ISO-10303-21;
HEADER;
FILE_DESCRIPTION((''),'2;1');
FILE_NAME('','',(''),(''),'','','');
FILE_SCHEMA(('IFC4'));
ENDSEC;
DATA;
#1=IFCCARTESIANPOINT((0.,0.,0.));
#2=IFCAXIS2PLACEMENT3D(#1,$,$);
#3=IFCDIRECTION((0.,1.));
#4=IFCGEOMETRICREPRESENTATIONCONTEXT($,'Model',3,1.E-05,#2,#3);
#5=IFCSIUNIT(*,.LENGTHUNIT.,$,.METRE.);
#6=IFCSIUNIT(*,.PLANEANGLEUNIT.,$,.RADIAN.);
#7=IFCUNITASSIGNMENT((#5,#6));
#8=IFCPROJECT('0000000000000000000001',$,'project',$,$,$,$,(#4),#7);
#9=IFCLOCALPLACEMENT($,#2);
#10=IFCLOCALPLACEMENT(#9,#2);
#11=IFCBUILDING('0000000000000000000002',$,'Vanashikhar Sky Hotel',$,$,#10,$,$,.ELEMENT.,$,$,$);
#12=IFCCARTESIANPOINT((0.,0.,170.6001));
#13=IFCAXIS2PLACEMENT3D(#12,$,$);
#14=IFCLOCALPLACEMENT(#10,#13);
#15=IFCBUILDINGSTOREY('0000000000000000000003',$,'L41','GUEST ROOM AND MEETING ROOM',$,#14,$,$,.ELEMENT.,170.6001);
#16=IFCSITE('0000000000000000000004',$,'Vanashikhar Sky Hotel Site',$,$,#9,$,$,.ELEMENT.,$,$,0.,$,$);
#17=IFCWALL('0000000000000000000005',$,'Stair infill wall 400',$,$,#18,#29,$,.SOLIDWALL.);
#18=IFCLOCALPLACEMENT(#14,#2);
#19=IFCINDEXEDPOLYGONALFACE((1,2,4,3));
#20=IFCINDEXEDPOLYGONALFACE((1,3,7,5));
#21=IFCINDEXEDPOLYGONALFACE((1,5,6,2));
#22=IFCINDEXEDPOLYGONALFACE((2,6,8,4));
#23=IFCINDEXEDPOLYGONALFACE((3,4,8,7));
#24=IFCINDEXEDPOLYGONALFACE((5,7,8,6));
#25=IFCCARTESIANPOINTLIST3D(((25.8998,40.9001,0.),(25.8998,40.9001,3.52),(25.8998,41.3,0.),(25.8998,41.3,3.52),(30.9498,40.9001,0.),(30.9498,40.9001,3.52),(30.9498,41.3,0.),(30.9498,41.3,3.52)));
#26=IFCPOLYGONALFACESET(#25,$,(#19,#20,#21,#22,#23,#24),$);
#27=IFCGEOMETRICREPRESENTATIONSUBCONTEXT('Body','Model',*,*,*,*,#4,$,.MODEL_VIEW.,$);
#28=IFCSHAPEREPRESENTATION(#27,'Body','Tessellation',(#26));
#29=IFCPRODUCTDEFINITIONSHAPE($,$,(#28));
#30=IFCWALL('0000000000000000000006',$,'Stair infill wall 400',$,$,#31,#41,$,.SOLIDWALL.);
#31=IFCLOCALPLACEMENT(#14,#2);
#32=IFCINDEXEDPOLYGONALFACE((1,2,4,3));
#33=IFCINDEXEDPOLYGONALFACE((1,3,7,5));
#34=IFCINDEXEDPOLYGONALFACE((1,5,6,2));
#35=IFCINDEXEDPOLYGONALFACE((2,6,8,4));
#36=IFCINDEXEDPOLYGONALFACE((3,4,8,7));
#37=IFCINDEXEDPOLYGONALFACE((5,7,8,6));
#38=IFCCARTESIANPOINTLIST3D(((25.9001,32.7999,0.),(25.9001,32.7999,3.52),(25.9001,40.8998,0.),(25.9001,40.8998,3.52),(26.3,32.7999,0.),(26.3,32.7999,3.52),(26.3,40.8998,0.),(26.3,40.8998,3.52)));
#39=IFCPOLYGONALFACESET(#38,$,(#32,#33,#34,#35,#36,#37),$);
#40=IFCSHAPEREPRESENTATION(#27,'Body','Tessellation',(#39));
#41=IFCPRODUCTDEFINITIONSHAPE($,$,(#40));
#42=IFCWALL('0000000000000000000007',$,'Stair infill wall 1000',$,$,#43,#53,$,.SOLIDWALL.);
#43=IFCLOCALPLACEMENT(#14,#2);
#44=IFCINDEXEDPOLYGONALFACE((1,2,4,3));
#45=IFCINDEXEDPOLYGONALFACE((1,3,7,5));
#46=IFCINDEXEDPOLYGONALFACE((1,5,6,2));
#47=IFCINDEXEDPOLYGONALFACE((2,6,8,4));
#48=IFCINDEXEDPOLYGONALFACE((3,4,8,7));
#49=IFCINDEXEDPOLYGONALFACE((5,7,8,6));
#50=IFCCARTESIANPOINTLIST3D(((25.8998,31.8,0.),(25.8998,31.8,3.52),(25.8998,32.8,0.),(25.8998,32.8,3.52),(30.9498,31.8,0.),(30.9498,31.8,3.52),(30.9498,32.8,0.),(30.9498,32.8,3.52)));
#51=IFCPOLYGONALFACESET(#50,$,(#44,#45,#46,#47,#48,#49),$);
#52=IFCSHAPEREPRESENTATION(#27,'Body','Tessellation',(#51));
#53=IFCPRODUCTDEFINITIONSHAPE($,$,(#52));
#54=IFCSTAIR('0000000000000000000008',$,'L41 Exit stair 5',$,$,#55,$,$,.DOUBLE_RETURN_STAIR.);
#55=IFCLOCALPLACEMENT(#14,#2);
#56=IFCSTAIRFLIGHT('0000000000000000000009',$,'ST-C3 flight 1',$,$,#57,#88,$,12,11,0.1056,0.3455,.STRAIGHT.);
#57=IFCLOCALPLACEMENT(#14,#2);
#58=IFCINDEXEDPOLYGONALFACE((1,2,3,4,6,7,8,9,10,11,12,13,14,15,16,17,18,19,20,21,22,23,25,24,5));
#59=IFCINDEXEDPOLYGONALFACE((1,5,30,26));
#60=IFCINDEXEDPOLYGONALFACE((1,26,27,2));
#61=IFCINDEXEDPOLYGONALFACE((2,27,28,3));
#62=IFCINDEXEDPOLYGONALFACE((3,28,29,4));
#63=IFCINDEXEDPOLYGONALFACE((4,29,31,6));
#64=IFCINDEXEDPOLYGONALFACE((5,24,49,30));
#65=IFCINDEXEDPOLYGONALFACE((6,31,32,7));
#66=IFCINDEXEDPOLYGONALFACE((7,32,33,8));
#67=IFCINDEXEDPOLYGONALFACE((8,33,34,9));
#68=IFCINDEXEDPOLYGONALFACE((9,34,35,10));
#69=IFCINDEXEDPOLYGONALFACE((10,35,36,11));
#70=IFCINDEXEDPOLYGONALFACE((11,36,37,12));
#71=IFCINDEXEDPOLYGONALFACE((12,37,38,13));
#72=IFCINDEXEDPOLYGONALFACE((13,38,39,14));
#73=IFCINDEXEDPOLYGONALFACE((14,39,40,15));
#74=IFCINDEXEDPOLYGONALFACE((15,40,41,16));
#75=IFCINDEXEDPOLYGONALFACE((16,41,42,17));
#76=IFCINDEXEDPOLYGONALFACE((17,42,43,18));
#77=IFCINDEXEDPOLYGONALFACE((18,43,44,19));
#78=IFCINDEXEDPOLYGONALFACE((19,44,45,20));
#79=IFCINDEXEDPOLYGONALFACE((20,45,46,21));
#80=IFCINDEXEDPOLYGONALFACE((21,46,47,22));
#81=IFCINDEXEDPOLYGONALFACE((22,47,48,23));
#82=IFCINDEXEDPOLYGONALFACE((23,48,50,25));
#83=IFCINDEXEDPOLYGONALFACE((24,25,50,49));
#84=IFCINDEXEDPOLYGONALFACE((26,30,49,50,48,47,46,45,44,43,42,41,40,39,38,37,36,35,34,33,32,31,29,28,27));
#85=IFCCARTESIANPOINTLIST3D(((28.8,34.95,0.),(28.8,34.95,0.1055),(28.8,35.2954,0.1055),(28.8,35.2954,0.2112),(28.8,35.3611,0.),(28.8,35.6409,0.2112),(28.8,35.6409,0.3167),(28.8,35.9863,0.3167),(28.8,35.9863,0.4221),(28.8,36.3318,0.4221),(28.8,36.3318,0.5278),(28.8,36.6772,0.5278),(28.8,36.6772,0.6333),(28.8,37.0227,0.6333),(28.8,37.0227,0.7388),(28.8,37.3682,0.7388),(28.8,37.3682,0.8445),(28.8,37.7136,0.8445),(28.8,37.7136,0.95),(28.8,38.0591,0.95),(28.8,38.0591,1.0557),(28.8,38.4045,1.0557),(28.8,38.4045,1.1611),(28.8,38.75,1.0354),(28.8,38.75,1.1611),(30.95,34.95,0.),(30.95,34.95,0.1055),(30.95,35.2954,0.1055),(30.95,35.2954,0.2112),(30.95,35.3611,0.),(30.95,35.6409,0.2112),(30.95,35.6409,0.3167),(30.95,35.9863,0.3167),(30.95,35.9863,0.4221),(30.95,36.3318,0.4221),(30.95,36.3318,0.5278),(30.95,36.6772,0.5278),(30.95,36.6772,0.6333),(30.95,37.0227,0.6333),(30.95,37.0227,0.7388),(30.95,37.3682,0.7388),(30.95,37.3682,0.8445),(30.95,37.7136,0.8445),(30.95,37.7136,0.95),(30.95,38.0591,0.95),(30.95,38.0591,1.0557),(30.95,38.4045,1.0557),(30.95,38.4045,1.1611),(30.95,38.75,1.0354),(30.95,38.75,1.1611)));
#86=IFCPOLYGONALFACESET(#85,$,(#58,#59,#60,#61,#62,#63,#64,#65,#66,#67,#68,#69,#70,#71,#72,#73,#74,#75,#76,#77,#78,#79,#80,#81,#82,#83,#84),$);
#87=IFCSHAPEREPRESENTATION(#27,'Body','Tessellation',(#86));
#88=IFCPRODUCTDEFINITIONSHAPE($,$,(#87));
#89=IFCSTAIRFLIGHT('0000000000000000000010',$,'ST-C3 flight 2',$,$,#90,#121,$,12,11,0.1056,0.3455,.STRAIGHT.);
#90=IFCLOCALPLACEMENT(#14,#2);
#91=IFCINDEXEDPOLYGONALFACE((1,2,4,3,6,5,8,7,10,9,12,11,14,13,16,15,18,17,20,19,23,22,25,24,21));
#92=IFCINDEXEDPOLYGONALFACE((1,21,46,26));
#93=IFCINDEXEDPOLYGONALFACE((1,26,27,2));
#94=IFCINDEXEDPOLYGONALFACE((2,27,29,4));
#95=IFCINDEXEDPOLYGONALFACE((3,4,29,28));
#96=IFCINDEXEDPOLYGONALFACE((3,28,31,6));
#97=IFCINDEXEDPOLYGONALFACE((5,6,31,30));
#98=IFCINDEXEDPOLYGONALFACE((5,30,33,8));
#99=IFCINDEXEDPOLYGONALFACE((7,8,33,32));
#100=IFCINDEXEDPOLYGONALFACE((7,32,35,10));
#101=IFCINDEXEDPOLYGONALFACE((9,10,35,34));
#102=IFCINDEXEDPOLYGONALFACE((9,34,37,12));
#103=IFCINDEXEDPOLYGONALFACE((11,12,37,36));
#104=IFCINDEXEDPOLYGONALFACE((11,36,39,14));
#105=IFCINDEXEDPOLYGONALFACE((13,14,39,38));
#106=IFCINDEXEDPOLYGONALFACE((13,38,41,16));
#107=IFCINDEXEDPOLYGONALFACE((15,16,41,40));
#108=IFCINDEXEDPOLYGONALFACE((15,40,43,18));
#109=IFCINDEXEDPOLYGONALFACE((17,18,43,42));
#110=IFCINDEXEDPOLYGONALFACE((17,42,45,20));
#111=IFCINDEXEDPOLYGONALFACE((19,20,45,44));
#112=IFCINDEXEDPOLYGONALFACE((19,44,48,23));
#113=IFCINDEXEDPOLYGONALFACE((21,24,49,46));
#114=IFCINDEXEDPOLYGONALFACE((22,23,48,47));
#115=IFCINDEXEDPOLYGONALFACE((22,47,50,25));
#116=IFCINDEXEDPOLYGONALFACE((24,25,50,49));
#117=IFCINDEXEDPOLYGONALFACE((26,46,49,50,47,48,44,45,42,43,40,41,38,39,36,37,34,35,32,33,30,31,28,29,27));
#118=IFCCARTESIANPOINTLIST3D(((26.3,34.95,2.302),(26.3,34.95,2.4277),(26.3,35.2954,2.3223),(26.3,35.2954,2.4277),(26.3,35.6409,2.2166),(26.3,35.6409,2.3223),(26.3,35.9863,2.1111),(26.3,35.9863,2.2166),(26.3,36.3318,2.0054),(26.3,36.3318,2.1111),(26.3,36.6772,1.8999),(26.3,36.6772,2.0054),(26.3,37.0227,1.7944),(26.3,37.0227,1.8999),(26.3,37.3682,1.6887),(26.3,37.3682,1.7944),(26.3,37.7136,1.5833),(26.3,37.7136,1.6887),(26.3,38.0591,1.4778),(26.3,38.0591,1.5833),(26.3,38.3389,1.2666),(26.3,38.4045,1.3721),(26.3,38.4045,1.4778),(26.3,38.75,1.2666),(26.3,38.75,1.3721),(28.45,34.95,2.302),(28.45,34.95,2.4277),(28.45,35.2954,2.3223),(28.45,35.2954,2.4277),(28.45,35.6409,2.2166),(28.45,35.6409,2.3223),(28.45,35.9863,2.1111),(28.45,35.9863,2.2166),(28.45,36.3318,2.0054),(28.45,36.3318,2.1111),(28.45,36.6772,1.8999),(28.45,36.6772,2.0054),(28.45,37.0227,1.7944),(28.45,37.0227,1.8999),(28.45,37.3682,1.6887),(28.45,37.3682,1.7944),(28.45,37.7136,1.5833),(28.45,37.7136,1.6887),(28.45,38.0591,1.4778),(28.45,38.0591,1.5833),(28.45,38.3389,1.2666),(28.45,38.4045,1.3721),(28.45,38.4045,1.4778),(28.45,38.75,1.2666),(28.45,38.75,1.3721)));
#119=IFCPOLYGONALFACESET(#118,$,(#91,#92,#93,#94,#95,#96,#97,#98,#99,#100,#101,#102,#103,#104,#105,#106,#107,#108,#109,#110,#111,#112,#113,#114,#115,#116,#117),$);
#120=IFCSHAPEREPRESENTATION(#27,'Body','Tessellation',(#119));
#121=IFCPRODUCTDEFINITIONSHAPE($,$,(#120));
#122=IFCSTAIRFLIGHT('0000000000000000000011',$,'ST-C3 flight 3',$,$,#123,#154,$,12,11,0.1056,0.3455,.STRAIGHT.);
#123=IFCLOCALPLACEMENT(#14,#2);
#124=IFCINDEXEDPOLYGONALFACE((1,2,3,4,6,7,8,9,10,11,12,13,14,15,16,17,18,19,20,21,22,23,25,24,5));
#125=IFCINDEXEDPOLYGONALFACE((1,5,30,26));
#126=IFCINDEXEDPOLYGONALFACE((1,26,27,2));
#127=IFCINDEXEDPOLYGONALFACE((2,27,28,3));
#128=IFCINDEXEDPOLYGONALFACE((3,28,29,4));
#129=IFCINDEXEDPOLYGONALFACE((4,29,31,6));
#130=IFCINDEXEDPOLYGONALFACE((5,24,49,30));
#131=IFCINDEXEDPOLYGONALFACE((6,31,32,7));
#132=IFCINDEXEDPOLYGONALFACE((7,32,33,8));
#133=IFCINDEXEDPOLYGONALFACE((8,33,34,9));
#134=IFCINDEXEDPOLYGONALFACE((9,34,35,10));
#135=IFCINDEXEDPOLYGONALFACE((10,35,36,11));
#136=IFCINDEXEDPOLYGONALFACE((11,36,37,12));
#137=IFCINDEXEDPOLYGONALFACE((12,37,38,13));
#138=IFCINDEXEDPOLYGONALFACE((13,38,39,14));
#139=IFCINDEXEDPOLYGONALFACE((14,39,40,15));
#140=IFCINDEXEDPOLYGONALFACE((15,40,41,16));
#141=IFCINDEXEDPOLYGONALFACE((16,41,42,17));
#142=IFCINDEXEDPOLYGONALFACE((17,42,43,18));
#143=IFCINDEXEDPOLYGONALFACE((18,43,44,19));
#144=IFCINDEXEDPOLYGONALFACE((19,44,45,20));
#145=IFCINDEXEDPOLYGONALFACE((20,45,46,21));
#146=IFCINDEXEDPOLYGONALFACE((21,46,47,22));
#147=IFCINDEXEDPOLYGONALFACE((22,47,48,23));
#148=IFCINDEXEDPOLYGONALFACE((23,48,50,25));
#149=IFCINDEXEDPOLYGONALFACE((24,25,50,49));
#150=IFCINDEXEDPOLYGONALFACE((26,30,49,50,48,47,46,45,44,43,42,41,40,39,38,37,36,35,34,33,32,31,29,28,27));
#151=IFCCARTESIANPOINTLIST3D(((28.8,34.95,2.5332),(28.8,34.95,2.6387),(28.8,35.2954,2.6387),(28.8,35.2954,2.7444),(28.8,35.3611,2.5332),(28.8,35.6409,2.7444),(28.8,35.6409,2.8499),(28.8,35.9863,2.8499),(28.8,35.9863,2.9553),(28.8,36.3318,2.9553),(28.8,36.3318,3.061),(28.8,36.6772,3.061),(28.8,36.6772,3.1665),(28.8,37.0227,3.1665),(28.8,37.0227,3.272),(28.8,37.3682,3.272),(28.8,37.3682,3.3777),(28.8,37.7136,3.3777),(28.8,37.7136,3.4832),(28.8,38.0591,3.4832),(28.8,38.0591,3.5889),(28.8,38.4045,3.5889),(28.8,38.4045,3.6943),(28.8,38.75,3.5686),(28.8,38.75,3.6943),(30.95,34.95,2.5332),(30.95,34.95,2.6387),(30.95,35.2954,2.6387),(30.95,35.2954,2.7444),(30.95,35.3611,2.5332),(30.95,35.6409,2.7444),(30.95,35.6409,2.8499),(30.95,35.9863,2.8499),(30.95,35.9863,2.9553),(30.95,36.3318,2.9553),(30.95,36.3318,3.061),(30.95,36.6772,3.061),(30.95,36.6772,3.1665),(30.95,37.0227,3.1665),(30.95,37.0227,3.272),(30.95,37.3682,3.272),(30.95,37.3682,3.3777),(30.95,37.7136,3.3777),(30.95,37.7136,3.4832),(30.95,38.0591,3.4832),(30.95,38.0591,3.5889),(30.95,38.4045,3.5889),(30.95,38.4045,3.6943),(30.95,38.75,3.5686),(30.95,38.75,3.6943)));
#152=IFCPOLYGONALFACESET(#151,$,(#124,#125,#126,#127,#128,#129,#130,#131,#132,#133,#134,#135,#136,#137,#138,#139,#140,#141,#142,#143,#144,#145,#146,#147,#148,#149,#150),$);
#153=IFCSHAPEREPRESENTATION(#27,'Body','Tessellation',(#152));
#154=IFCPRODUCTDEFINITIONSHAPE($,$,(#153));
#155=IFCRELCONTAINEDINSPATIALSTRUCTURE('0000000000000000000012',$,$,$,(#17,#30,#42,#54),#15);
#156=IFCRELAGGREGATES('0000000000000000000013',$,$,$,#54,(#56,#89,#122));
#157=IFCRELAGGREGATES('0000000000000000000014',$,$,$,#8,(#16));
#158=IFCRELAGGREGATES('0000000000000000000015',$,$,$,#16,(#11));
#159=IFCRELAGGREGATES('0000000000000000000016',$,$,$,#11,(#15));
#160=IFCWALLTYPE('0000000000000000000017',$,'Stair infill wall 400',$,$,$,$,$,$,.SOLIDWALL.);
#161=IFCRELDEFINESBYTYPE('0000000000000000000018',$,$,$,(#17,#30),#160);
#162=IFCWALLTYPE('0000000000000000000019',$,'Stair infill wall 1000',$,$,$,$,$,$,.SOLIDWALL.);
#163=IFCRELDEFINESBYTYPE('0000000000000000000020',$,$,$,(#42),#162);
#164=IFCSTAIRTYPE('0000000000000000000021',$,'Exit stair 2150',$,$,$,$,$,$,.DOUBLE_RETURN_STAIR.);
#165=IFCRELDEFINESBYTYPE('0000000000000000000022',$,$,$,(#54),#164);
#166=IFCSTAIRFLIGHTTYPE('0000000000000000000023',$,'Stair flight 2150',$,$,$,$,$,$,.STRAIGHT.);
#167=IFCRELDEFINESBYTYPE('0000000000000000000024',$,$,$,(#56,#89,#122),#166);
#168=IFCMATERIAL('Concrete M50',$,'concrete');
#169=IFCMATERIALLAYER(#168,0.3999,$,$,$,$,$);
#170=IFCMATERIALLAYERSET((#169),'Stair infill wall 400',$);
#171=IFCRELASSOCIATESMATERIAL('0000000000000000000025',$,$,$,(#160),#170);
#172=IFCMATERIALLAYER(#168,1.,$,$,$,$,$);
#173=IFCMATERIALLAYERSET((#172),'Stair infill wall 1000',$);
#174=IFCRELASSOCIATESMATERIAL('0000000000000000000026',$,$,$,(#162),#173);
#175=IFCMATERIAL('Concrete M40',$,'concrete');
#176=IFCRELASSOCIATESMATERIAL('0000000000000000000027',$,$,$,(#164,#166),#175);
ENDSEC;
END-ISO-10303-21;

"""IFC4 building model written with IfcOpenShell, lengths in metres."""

from ifc_helpers import new_model, si_unit, direction, frame, frame_2d, origin, place, context, subcontext, project, spatial, polyline, rectangle, outline, extrude, source, transform, mapped, material, layer, layer_set, type_object, element, aggregate, save


model = new_model("IFC4")

# Units and contexts
model_context = context("Model", 3, precision=1e-05, world=origin(), true_north=direction((0.0, 1.0)))
body_context = subcontext(model_context, "Body", "Model", "MODEL_VIEW")
ifc_project = project(units=[si_unit("LENGTHUNIT", "METRE"), si_unit("PLANEANGLEUNIT", "RADIAN")], contexts=[model_context])

# Site, building, storey
site_placement = place(None, origin())
site = spatial("IfcSite", under=ifc_project, at=site_placement, Name="Vanashikhar Sky Hotel Site", CompositionType="ELEMENT", RefElevation=0.0)
building_placement = place(site_placement, origin())
building = spatial("IfcBuilding", under=site, at=building_placement, Name="Vanashikhar Sky Hotel", CompositionType="ELEMENT")
storey_placement = place(building_placement, frame((0.0, 0.0, 170.6001)))
storey = spatial("IfcBuildingStorey", under=building, at=storey_placement, Name="L41", Description="GUEST ROOM AND MEETING ROOM", CompositionType="ELEMENT", Elevation=170.6001)

# Shared definitions
ifc_material_1 = material(Name="Concrete M40", Category="concrete")

# Shared definitions
ifc_material_2 = material(Name="Concrete M50", Category="concrete")

# Walls
ifc_layer_1 = layer(ifc_material_2, 0.3999)
ifc_layer_set_1 = layer_set([ifc_layer_1], Name="Stair infill wall 400")
wall_type_1 = type_object("IfcWallType", Name="Stair infill wall 400", PredefinedType="SOLIDWALL", material=ifc_layer_set_1)
shared_shape_1 = source(origin(), body_context, "Body", "SweptSolid", [
    extrude(rectangle(XDim=5.05, YDim=0.3999, at=frame_2d((2.5249, 0.0))), origin(), (0.0, 0.0, 1.0), 3.52),
])
wall_1_placement = place(storey_placement, frame((25.8999, 41.1001, 0.0), z_axis=(0.0, 0.0, 1.0), x_axis=(1.0, 0.0, 0.0)))
element("IfcWall", 1, at=wall_1_placement, inside=storey, type_object=wall_type_1, Name="Stair infill wall 400", PredefinedType="SOLIDWALL", context=body_context, shape_type="MappedRepresentation", body=[
    mapped(shared_shape_1, transform((0.0, 0.0, 0.0), scale=1.0)),
])
shared_shape_2 = source(origin(), body_context, "Body", "SweptSolid", [
    extrude(rectangle(XDim=8.0999, YDim=0.3999, at=frame_2d((4.0498, 0.0))), origin(), (0.0, 0.0, 1.0), 3.52),
])
wall_2_placement = place(storey_placement, frame((26.1001, 32.8, 0.0), z_axis=(0.0, 0.0, 1.0), x_axis=(0.0, 1.0, 0.0)))
element("IfcWall", 2, at=wall_2_placement, inside=storey, type_object=wall_type_1, Name="Stair infill wall 400", PredefinedType="SOLIDWALL", context=body_context, shape_type="MappedRepresentation", body=[
    mapped(shared_shape_2, transform((0.0, 0.0, 0.0), scale=1.0)),
])
ifc_layer_2 = layer(ifc_material_2, 1.0)
ifc_layer_set_2 = layer_set([ifc_layer_2], Name="Stair infill wall 1000")
wall_type_2 = type_object("IfcWallType", Name="Stair infill wall 1000", PredefinedType="SOLIDWALL", material=ifc_layer_set_2)
shared_shape_3 = source(origin(), body_context, "Body", "SweptSolid", [
    extrude(rectangle(XDim=5.05, YDim=1.0, at=frame_2d((2.5249, 0.0))), origin(), (0.0, 0.0, 1.0), 3.52),
])
wall_3_placement = place(storey_placement, frame((25.8999, 32.3, 0.0), z_axis=(0.0, 0.0, 1.0), x_axis=(1.0, 0.0, 0.0)))
element("IfcWall", 3, at=wall_3_placement, inside=storey, type_object=wall_type_2, Name="Stair infill wall 1000", PredefinedType="SOLIDWALL", context=body_context, shape_type="MappedRepresentation", body=[
    mapped(shared_shape_3, transform((0.0, 0.0, 0.0), scale=1.0)),
])

# Stair, stair flights
stair_type = type_object("IfcStairType", Name="Exit stair 2150", PredefinedType="DOUBLE_RETURN_STAIR", material=ifc_material_1)
stair_placement = place(storey_placement, origin())
stair = element("IfcStair", 4, at=stair_placement, inside=storey, type_object=stair_type, Name="L41 Exit stair 5", PredefinedType="DOUBLE_RETURN_STAIR")
stair_flight_type = type_object("IfcStairFlightType", Name="Stair flight 2150", PredefinedType="STRAIGHT", material=ifc_material_1)
shared_shape_4 = source(origin(), body_context, "Body", "SweptSolid", [
    extrude(outline(polyline([(0.0, 0.0), (0.0, 0.1055), (0.3455, 0.1055), (0.3455, 0.2112), (0.6909, 0.2112), (0.6909, 0.3167), (1.0364, 0.3167), (1.0364, 0.4221), (1.3818, 0.4221), (1.3818, 0.5278), (1.7273, 0.5278), (1.7273, 0.6333), (2.0728, 0.6333), (2.0728, 0.7388), (2.4182, 0.7388), (2.4182, 0.8445), (2.7637, 0.8445), (2.7637, 0.95), (3.1091, 0.95), (3.1091, 1.0557), (3.4546, 1.0557), (3.4546, 1.1611), (3.8, 1.1611), (3.8, 1.2666), (3.8, 1.0354), (0.4111, 0.0), (0.0, 0.0)])), frame((0.0, 1.075, 0.0), z_axis=(0.0, -1.0, 0.0), x_axis=(1.0, 0.0, 0.0)), (0.0, 0.0, 1.0), 2.1499),
])
stair_flight_1_placement = place(storey_placement, frame((29.875, 34.95, 0.0), z_axis=(0.0, 0.0, 1.0), x_axis=(0.0, 1.0, 0.0)))
stair_flight_1 = element("IfcStairFlight", 5, at=stair_flight_1_placement, type_object=stair_flight_type, Name="ST-C3 flight 1", NumberOfRisers=12, NumberOfTreads=11, PredefinedType="STRAIGHT", RiserHeight=0.1056, TreadLength=0.3455, context=body_context, shape_type="MappedRepresentation", body=[
    mapped(shared_shape_4, transform((0.0, 0.0, 0.0), scale=1.0)),
])
stair_flight_2_placement = place(storey_placement, frame((27.375, 38.75, 1.2666), z_axis=(0.0, 0.0, 1.0), x_axis=(0.0, -1.0, 0.0)))
stair_flight_2 = element("IfcStairFlight", 6, at=stair_flight_2_placement, type_object=stair_flight_type, Name="ST-C3 flight 2", NumberOfRisers=12, NumberOfTreads=11, PredefinedType="STRAIGHT", RiserHeight=0.1056, TreadLength=0.3455, context=body_context, shape_type="MappedRepresentation", body=[
    mapped(shared_shape_4, transform((0.0, 0.0, 0.0), scale=1.0)),
])
stair_flight_3_placement = place(storey_placement, frame((29.875, 34.95, 2.5332), z_axis=(0.0, 0.0, 1.0), x_axis=(0.0, 1.0, 0.0)))
stair_flight_3 = element("IfcStairFlight", 7, at=stair_flight_3_placement, type_object=stair_flight_type, Name="ST-C3 flight 3", NumberOfRisers=12, NumberOfTreads=11, PredefinedType="STRAIGHT", RiserHeight=0.1056, TreadLength=0.3455, context=body_context, shape_type="MappedRepresentation", body=[
    mapped(shared_shape_4, transform((0.0, 0.0, 0.0), scale=1.0)),
])
aggregate(stair, [stair_flight_1, stair_flight_2, stair_flight_3])

save(model, "model.ifc")
